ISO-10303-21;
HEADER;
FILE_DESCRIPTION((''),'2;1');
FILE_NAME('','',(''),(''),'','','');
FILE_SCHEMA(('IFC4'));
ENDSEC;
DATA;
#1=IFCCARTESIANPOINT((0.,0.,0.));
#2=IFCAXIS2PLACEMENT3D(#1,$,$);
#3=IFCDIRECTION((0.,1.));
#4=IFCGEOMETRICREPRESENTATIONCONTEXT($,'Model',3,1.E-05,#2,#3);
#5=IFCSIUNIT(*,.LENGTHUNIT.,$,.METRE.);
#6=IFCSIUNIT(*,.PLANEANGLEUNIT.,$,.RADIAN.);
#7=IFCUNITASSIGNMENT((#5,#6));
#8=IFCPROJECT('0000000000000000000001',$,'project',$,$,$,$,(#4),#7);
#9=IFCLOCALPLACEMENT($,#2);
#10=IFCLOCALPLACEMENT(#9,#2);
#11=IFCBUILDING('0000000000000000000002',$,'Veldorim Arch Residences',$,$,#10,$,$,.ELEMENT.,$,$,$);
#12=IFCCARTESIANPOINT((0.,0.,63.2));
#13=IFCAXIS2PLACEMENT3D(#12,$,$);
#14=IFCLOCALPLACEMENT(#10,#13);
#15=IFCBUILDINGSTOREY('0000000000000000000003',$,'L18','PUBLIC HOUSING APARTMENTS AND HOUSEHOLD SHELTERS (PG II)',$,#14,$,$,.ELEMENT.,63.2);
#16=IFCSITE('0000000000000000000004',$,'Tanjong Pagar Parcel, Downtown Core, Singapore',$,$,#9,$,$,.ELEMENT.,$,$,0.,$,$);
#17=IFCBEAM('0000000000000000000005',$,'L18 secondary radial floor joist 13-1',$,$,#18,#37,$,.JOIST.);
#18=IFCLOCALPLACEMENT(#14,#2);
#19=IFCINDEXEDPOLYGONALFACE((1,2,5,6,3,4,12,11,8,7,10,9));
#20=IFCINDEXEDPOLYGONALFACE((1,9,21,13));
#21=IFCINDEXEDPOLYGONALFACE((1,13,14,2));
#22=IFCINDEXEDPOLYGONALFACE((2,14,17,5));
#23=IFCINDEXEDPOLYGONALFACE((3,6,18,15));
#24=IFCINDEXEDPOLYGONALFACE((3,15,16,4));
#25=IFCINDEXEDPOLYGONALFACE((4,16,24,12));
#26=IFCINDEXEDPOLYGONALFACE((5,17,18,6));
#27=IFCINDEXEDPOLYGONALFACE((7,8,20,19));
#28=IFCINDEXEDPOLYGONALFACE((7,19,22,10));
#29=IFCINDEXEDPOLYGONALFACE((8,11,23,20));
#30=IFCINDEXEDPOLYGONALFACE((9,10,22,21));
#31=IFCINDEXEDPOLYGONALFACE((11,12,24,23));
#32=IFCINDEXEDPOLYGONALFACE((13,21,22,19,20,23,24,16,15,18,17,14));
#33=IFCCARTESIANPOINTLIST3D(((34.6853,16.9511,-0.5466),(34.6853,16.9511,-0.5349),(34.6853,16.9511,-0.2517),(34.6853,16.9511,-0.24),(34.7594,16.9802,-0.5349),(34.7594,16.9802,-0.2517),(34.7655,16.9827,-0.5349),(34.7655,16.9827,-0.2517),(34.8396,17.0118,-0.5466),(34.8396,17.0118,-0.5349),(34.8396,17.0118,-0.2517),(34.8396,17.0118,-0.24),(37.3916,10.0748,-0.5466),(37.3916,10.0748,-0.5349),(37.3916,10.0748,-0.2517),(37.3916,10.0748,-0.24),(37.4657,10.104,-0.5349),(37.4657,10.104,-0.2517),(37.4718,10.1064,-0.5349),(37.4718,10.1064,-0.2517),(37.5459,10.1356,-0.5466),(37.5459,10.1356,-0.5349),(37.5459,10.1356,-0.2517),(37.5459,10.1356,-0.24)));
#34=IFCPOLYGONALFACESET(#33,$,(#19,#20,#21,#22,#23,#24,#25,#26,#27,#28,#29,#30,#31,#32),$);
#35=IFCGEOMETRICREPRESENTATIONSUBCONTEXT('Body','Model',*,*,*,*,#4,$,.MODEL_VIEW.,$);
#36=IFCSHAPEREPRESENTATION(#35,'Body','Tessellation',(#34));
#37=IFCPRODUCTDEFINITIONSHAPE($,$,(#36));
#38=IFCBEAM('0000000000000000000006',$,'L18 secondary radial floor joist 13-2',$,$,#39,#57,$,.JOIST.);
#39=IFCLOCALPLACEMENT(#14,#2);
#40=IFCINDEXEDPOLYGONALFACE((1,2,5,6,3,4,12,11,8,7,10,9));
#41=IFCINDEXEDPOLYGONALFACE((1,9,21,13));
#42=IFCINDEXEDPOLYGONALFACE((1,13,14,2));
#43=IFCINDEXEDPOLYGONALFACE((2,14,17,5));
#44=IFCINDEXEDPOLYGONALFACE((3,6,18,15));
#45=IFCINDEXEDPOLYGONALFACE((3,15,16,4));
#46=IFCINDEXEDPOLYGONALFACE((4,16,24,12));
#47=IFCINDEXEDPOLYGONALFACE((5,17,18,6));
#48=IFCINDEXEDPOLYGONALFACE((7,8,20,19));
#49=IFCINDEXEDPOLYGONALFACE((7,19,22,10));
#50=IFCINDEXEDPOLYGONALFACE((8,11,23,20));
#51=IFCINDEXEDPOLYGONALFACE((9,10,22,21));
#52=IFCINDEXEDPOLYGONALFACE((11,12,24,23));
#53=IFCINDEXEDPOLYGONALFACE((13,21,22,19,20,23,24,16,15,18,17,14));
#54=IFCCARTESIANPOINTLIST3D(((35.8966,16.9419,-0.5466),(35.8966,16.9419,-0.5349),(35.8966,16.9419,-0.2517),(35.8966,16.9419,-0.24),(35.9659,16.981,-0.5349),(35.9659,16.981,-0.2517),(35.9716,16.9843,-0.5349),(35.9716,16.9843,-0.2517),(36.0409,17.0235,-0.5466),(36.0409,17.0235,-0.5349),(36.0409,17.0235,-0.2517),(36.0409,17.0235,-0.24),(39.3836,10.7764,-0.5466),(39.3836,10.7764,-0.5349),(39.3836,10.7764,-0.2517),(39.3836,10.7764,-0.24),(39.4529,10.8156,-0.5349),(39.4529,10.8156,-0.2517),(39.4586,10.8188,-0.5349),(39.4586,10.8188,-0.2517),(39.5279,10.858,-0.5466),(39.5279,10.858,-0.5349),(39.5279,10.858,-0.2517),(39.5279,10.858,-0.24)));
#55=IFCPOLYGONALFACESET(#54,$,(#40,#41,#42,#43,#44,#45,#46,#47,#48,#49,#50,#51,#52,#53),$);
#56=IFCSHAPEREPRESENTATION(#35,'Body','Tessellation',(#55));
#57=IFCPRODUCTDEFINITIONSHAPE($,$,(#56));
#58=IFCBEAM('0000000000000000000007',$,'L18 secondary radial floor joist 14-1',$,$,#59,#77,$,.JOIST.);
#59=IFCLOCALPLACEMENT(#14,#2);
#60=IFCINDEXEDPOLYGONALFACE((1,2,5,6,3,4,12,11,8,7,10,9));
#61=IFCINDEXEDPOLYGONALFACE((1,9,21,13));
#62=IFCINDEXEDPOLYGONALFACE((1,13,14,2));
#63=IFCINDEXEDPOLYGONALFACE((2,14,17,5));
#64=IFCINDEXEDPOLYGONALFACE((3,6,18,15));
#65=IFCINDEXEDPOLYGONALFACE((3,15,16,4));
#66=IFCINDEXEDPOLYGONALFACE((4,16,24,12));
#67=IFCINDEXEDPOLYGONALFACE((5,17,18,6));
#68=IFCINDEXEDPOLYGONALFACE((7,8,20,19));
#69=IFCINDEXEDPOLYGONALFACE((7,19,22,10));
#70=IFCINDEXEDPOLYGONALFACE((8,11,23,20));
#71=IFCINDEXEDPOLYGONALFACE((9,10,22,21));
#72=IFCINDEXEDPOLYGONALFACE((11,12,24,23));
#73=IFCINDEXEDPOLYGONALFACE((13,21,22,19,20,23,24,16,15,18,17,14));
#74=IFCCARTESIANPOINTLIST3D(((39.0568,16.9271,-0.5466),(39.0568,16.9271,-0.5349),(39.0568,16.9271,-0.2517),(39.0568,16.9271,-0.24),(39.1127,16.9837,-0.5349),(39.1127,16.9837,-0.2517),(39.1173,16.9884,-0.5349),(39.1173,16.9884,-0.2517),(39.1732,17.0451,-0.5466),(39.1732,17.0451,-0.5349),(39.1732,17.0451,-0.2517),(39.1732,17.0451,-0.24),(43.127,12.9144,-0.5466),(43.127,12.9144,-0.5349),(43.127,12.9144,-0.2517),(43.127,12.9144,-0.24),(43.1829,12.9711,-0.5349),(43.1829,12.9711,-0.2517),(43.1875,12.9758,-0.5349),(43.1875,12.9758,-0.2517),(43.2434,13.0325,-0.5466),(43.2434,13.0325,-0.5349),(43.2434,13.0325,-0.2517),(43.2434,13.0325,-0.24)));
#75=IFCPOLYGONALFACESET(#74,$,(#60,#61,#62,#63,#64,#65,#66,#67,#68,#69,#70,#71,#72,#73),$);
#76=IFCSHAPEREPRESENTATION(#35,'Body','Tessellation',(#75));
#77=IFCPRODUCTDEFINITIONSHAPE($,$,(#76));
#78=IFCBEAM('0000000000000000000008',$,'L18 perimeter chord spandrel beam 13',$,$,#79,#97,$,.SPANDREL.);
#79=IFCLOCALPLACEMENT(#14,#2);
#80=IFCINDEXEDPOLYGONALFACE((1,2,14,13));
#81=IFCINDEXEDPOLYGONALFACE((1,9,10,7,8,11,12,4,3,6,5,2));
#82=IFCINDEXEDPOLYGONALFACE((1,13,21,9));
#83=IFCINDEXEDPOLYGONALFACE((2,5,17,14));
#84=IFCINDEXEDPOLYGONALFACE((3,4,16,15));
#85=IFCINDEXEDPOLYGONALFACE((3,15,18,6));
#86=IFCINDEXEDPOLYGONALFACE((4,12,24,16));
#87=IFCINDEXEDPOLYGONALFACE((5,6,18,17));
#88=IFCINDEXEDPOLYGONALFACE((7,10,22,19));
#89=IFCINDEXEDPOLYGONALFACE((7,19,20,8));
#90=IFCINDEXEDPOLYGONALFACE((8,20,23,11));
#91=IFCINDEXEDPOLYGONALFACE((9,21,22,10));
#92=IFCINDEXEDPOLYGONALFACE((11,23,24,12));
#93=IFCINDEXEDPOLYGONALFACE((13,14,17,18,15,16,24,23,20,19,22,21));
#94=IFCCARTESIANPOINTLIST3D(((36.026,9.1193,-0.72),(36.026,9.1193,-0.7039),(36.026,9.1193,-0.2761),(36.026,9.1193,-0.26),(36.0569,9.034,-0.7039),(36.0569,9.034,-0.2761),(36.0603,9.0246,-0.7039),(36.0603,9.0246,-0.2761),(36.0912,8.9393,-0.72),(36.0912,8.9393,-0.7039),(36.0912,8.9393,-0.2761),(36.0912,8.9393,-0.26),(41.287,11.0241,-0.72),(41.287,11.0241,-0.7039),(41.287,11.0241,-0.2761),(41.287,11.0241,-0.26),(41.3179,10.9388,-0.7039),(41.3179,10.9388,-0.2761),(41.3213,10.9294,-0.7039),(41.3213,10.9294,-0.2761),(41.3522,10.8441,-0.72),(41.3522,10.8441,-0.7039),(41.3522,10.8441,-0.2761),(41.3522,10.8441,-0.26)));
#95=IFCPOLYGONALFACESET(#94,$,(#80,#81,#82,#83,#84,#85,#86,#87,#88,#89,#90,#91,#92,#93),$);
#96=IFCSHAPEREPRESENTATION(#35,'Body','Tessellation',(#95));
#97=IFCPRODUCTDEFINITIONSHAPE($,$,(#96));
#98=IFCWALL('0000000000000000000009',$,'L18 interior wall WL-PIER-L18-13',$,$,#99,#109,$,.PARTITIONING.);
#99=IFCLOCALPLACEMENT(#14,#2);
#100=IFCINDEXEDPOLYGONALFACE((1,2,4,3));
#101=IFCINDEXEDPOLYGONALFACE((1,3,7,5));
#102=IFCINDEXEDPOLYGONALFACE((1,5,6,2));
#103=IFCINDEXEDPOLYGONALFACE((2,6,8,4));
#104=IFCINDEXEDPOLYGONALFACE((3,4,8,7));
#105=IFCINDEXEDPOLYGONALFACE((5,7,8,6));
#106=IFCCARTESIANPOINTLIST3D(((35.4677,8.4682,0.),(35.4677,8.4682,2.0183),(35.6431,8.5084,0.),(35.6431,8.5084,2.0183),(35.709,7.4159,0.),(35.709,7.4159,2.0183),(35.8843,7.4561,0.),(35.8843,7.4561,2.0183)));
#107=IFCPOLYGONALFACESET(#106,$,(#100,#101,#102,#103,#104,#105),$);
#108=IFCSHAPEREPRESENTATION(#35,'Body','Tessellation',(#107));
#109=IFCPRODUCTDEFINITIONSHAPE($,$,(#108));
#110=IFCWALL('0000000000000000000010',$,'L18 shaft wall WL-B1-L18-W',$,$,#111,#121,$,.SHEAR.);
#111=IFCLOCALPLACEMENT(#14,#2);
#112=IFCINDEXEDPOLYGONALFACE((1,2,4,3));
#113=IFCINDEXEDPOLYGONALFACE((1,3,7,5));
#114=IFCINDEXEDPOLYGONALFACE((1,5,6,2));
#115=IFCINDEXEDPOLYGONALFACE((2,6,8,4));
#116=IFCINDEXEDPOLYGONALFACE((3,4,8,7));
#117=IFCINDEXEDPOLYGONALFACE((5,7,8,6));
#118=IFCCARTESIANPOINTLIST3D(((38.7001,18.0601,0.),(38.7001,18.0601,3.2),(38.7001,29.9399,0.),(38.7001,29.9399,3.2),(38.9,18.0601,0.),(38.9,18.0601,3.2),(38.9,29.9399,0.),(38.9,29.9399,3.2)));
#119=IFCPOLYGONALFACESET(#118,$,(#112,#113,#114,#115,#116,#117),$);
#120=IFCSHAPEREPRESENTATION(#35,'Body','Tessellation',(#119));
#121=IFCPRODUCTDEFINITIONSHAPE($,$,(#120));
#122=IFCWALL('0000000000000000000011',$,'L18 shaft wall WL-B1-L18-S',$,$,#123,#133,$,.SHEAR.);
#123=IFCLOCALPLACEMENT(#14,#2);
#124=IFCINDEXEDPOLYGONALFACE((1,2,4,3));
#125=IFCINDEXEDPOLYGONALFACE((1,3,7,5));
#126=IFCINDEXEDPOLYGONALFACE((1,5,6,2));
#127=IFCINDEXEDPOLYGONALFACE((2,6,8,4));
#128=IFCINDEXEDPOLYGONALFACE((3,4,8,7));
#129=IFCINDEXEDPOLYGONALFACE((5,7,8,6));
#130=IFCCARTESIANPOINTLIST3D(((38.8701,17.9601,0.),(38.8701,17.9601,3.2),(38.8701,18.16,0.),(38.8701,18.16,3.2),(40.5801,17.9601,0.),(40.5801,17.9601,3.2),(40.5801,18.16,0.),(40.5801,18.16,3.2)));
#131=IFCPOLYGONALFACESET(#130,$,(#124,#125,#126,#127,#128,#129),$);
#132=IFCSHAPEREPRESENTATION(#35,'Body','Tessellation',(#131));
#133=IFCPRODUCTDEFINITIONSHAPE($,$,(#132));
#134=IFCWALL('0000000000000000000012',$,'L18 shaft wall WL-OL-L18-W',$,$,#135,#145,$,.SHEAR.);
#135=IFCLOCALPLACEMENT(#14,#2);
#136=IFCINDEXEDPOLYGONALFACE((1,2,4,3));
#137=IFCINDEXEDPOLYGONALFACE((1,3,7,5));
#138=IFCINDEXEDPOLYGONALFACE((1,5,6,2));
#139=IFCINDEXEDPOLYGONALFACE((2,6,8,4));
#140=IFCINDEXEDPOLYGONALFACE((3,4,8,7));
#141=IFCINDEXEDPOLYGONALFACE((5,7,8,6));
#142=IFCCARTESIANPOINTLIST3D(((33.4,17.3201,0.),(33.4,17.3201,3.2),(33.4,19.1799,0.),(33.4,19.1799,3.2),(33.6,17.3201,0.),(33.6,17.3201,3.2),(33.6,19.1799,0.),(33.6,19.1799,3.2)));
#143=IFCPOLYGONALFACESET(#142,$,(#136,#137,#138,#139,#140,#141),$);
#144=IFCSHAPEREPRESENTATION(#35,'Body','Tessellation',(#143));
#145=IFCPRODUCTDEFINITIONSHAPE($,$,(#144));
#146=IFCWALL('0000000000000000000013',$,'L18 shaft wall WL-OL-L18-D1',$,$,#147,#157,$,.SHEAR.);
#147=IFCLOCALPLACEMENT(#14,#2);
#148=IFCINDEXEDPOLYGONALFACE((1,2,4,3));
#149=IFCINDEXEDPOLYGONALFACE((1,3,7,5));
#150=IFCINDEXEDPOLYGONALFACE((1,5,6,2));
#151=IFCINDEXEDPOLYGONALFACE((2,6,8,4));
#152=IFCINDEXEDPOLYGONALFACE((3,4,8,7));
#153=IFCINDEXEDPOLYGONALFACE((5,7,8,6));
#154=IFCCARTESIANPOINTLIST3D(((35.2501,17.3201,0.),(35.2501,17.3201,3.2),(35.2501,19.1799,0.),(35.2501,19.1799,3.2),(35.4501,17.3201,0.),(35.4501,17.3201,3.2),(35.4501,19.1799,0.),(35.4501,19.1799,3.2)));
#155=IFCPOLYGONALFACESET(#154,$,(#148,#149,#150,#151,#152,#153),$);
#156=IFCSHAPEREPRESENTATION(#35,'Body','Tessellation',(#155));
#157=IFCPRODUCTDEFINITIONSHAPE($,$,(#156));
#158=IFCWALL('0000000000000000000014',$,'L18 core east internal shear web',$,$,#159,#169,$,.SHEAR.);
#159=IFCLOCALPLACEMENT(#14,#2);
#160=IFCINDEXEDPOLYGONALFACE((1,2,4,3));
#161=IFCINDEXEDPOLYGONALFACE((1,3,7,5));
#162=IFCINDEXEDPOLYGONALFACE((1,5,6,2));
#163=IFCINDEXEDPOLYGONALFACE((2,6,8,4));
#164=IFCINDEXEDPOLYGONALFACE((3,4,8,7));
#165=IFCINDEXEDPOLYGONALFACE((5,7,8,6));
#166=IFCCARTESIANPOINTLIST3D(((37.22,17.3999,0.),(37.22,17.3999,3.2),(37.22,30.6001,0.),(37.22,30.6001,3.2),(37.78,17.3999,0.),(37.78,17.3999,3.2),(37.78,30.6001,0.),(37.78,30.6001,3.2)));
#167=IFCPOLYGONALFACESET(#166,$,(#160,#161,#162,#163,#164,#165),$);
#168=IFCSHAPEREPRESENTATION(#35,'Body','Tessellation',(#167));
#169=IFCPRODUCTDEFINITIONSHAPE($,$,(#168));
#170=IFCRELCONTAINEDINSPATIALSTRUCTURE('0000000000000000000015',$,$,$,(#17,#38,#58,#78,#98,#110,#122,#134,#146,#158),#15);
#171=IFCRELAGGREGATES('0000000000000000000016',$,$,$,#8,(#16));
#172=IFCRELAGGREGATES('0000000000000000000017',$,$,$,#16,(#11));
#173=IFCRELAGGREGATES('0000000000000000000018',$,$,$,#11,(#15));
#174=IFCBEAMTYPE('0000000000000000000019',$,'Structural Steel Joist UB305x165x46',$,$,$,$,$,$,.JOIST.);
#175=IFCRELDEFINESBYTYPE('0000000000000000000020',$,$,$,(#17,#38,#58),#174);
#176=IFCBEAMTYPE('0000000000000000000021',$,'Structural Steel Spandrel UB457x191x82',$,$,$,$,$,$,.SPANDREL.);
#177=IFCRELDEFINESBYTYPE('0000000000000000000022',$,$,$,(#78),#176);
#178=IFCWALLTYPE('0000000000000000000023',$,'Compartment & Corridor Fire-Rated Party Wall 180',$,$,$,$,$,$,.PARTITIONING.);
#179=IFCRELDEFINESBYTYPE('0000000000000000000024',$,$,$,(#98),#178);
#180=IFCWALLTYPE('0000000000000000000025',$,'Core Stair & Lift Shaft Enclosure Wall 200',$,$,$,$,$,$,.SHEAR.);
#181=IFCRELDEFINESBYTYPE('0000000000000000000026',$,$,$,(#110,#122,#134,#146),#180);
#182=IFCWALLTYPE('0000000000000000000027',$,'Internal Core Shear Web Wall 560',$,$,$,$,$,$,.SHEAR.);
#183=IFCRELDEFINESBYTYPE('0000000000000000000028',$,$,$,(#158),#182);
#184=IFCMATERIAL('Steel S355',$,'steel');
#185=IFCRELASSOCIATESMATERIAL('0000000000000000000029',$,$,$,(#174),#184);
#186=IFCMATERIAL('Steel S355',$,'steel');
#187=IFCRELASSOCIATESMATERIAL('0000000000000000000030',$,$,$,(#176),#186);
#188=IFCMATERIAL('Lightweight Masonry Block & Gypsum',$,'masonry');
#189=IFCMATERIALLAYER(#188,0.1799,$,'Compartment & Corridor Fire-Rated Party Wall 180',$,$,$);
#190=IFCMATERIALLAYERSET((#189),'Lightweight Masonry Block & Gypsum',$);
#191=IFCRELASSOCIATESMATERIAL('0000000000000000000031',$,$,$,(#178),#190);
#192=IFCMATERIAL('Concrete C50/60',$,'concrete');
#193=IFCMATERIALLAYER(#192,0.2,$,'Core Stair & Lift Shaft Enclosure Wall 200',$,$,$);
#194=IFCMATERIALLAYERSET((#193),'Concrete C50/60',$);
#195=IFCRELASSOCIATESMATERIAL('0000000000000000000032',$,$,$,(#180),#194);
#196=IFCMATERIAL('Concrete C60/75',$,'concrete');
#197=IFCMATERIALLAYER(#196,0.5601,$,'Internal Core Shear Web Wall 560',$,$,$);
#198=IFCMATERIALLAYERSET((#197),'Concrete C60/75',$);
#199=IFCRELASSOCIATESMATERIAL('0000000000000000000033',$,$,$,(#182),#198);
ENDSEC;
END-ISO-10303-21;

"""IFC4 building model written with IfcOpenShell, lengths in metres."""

from ifc_helpers import new_model, si_unit, direction, frame, frame_2d, origin, origin_2d, place, context, subcontext, project, spatial, rectangle, i_section, extrude, material, layer, layer_set, material_profile, profile_set, type_object, element, save


model = new_model("IFC4")

# Units and contexts
model_context = context("Model", 3, precision=1e-05, world=origin(), true_north=direction((0.0, 1.0)))
body_context = subcontext(model_context, "Body", "Model", "MODEL_VIEW")
ifc_project = project(units=[si_unit("LENGTHUNIT", "METRE"), si_unit("PLANEANGLEUNIT", "RADIAN")], contexts=[model_context])

# Site, building, storey
site_placement = place(None, origin())
site = spatial("IfcSite", under=ifc_project, at=site_placement, Name="Tanjong Pagar Parcel, Downtown Core, Singapore", CompositionType="ELEMENT", RefElevation=0.0)
building_placement = place(site_placement, origin())
building = spatial("IfcBuilding", under=site, at=building_placement, Name="Veldorim Arch Residences", CompositionType="ELEMENT")
storey_placement = place(building_placement, frame((0.0, 0.0, 63.2)))
storey = spatial("IfcBuildingStorey", under=building, at=storey_placement, Name="L18", Description="PUBLIC HOUSING APARTMENTS AND HOUSEHOLD SHELTERS (PG II)", CompositionType="ELEMENT", Elevation=63.2)

# Beams
ifc_material_1 = material(Name="Steel S355", Category="steel")
ifc_material_profile_1 = material_profile(ifc_material_1, i_section(OverallWidth=0.1658, OverallDepth=0.3066, WebThickness=0.0066, FlangeThickness=0.0117, at=origin_2d()), Name="UB305x165x46")
ifc_profile_set_1 = profile_set([ifc_material_profile_1], Name="Steel S355")
beam_type_1 = type_object("IfcBeamType", Name="Structural Steel Joist UB305x165x46", PredefinedType="JOIST", material=ifc_profile_set_1)
beam_1_placement = place(storey_placement, frame((34.7625, 16.9814, -0.3933), z_axis=(0.36623, -0.930524, 0.0), x_axis=(0.930524, 0.36623, 0.0)))
element("IfcBeam", 1, at=beam_1_placement, inside=storey, type_object=beam_type_1, Name="L18 secondary radial floor joist 13-1", PredefinedType="JOIST", context=body_context, shape_type="SweptSolid", body=[
    extrude(i_section(OverallWidth=0.1658, OverallDepth=0.3066, WebThickness=0.0066, FlangeThickness=0.0117, at=origin_2d()), origin(), (0.0, 0.0, 1.0), 7.3896),
])
beam_2_placement = place(storey_placement, frame((35.9688, 16.9827, -0.3933), z_axis=(0.492292, -0.87043, 0.0), x_axis=(0.87043, 0.492292, 0.0)))
element("IfcBeam", 2, at=beam_2_placement, inside=storey, type_object=beam_type_1, Name="L18 secondary radial floor joist 13-2", PredefinedType="JOIST", context=body_context, shape_type="SweptSolid", body=[
    extrude(i_section(OverallWidth=0.1658, OverallDepth=0.3066, WebThickness=0.0066, FlangeThickness=0.0117, at=origin_2d()), origin(), (0.0, 0.0, 1.0), 7.0833),
])
beam_3_placement = place(storey_placement, frame((39.115, 16.9861, -0.3933), z_axis=(0.712129, -0.702049, 0.0), x_axis=(0.702049, 0.712129, 0.0)))
element("IfcBeam", 3, at=beam_3_placement, inside=storey, type_object=beam_type_1, Name="L18 secondary radial floor joist 14-1", PredefinedType="JOIST", context=body_context, shape_type="SweptSolid", body=[
    extrude(i_section(OverallWidth=0.1658, OverallDepth=0.3066, WebThickness=0.0066, FlangeThickness=0.0117, at=origin_2d()), origin(), (0.0, 0.0, 1.0), 5.7156),
])
ifc_material_2 = material(Name="Steel S355", Category="steel")
ifc_material_profile_2 = material_profile(ifc_material_2, i_section(OverallWidth=0.1914, OverallDepth=0.46, WebThickness=0.01, FlangeThickness=0.0161, at=origin_2d()), Name="UB457x191x82")
ifc_profile_set_2 = profile_set([ifc_material_profile_2], Name="Steel S355")
beam_type_2 = type_object("IfcBeamType", Name="Structural Steel Spandrel UB457x191x82", PredefinedType="SPANDREL", material=ifc_profile_set_2)
beam_4_placement = place(storey_placement, frame((36.0586, 9.0293, -0.49), z_axis=(0.940269, 0.340432, 0.0), x_axis=(-0.340432, 0.940269, 0.0)))
element("IfcBeam", 4, at=beam_4_placement, inside=storey, type_object=beam_type_2, Name="L18 perimeter chord spandrel beam 13", PredefinedType="SPANDREL", context=body_context, shape_type="SweptSolid", body=[
    extrude(i_section(OverallWidth=0.1914, OverallDepth=0.46, WebThickness=0.01, FlangeThickness=0.0161, at=origin_2d()), origin(), (0.0, 0.0, 1.0), 5.5952),
])

# Walls
ifc_material_3 = material(Name="Lightweight Masonry Block & Gypsum", Category="masonry")
ifc_layer_1 = layer(ifc_material_3, 0.1799, Name="Compartment & Corridor Fire-Rated Party Wall 180")
ifc_layer_set_1 = layer_set([ifc_layer_1], Name="Lightweight Masonry Block & Gypsum")
wall_type_1 = type_object("IfcWallType", Name="Compartment & Corridor Fire-Rated Party Wall 180", PredefinedType="PARTITIONING", material=ifc_layer_set_1)
wall_1_placement = place(storey_placement, frame((35.5554, 8.4883, 0.0), z_axis=(0.0, 0.0, 1.0), x_axis=(0.223439, -0.974718, 0.0)))
element("IfcWall", 5, at=wall_1_placement, inside=storey, type_object=wall_type_1, Name="L18 interior wall WL-PIER-L18-13", PredefinedType="PARTITIONING", context=body_context, shape_type="SweptSolid", body=[
    extrude(rectangle(XDim=1.0796, YDim=0.1799, at=frame_2d((0.5398, 0.0))), origin(), (0.0, 0.0, 1.0), 2.0183),
])
ifc_material_4 = material(Name="Concrete C50/60", Category="concrete")
ifc_layer_2 = layer(ifc_material_4, 0.2, Name="Core Stair & Lift Shaft Enclosure Wall 200")
ifc_layer_set_2 = layer_set([ifc_layer_2], Name="Concrete C50/60")
wall_type_2 = type_object("IfcWallType", Name="Core Stair & Lift Shaft Enclosure Wall 200", PredefinedType="SHEAR", material=ifc_layer_set_2)
wall_2_placement = place(storey_placement, frame((38.8, 18.0601, 0.0), z_axis=(0.0, 0.0, 1.0), x_axis=(0.0, 1.0, 0.0)))
element("IfcWall", 6, at=wall_2_placement, inside=storey, type_object=wall_type_2, Name="L18 shaft wall WL-B1-L18-W", PredefinedType="SHEAR", context=body_context, shape_type="SweptSolid", body=[
    extrude(rectangle(XDim=11.8799, YDim=0.2, at=frame_2d((5.9399, 0.0))), origin(), (0.0, 0.0, 1.0), 3.2),
])
wall_3_placement = place(storey_placement, frame((38.8701, 18.0601, 0.0), z_axis=(0.0, 0.0, 1.0), x_axis=(1.0, 0.0, 0.0)))
element("IfcWall", 7, at=wall_3_placement, inside=storey, type_object=wall_type_2, Name="L18 shaft wall WL-B1-L18-S", PredefinedType="SHEAR", context=body_context, shape_type="SweptSolid", body=[
    extrude(rectangle(XDim=1.71, YDim=0.2, at=frame_2d((0.855, 0.0))), origin(), (0.0, 0.0, 1.0), 3.2),
])
for number, where, z_axis, x_axis, name in (
    (8, (33.5, 17.3201, 0.0), (0.0, 0.0, 1.0), (0.0, 1.0, 0.0), "L18 shaft wall WL-OL-L18-W"),
    (9, (35.3501, 17.3201, 0.0), (0.0, 0.0, 1.0), (0.0, 1.0, 0.0), "L18 shaft wall WL-OL-L18-D1"),
):
    element("IfcWall", number, at=place(storey_placement, frame(where, z_axis=z_axis, x_axis=x_axis)), inside=storey, type_object=wall_type_2, Name=name, PredefinedType="SHEAR", context=body_context, shape_type="SweptSolid", body=[
        extrude(rectangle(XDim=1.8599, YDim=0.2, at=frame_2d((0.9299, 0.0))), origin(), (0.0, 0.0, 1.0), 3.2),
    ])
ifc_material_5 = material(Name="Concrete C60/75", Category="concrete")
ifc_layer_3 = layer(ifc_material_5, 0.5601, Name="Internal Core Shear Web Wall 560")
ifc_layer_set_3 = layer_set([ifc_layer_3], Name="Concrete C60/75")
wall_type_3 = type_object("IfcWallType", Name="Internal Core Shear Web Wall 560", PredefinedType="SHEAR", material=ifc_layer_set_3)
wall_4_placement = place(storey_placement, frame((37.5, 17.3999, 0.0), z_axis=(0.0, 0.0, 1.0), x_axis=(0.0, 1.0, 0.0)))
element("IfcWall", 10, at=wall_4_placement, inside=storey, type_object=wall_type_3, Name="L18 core east internal shear web", PredefinedType="SHEAR", context=body_context, shape_type="SweptSolid", body=[
    extrude(rectangle(XDim=13.2002, YDim=0.5601, at=frame_2d((6.6001, 0.0))), origin(), (0.0, 0.0, 1.0), 3.2),
])

save(model, "model.ifc")
